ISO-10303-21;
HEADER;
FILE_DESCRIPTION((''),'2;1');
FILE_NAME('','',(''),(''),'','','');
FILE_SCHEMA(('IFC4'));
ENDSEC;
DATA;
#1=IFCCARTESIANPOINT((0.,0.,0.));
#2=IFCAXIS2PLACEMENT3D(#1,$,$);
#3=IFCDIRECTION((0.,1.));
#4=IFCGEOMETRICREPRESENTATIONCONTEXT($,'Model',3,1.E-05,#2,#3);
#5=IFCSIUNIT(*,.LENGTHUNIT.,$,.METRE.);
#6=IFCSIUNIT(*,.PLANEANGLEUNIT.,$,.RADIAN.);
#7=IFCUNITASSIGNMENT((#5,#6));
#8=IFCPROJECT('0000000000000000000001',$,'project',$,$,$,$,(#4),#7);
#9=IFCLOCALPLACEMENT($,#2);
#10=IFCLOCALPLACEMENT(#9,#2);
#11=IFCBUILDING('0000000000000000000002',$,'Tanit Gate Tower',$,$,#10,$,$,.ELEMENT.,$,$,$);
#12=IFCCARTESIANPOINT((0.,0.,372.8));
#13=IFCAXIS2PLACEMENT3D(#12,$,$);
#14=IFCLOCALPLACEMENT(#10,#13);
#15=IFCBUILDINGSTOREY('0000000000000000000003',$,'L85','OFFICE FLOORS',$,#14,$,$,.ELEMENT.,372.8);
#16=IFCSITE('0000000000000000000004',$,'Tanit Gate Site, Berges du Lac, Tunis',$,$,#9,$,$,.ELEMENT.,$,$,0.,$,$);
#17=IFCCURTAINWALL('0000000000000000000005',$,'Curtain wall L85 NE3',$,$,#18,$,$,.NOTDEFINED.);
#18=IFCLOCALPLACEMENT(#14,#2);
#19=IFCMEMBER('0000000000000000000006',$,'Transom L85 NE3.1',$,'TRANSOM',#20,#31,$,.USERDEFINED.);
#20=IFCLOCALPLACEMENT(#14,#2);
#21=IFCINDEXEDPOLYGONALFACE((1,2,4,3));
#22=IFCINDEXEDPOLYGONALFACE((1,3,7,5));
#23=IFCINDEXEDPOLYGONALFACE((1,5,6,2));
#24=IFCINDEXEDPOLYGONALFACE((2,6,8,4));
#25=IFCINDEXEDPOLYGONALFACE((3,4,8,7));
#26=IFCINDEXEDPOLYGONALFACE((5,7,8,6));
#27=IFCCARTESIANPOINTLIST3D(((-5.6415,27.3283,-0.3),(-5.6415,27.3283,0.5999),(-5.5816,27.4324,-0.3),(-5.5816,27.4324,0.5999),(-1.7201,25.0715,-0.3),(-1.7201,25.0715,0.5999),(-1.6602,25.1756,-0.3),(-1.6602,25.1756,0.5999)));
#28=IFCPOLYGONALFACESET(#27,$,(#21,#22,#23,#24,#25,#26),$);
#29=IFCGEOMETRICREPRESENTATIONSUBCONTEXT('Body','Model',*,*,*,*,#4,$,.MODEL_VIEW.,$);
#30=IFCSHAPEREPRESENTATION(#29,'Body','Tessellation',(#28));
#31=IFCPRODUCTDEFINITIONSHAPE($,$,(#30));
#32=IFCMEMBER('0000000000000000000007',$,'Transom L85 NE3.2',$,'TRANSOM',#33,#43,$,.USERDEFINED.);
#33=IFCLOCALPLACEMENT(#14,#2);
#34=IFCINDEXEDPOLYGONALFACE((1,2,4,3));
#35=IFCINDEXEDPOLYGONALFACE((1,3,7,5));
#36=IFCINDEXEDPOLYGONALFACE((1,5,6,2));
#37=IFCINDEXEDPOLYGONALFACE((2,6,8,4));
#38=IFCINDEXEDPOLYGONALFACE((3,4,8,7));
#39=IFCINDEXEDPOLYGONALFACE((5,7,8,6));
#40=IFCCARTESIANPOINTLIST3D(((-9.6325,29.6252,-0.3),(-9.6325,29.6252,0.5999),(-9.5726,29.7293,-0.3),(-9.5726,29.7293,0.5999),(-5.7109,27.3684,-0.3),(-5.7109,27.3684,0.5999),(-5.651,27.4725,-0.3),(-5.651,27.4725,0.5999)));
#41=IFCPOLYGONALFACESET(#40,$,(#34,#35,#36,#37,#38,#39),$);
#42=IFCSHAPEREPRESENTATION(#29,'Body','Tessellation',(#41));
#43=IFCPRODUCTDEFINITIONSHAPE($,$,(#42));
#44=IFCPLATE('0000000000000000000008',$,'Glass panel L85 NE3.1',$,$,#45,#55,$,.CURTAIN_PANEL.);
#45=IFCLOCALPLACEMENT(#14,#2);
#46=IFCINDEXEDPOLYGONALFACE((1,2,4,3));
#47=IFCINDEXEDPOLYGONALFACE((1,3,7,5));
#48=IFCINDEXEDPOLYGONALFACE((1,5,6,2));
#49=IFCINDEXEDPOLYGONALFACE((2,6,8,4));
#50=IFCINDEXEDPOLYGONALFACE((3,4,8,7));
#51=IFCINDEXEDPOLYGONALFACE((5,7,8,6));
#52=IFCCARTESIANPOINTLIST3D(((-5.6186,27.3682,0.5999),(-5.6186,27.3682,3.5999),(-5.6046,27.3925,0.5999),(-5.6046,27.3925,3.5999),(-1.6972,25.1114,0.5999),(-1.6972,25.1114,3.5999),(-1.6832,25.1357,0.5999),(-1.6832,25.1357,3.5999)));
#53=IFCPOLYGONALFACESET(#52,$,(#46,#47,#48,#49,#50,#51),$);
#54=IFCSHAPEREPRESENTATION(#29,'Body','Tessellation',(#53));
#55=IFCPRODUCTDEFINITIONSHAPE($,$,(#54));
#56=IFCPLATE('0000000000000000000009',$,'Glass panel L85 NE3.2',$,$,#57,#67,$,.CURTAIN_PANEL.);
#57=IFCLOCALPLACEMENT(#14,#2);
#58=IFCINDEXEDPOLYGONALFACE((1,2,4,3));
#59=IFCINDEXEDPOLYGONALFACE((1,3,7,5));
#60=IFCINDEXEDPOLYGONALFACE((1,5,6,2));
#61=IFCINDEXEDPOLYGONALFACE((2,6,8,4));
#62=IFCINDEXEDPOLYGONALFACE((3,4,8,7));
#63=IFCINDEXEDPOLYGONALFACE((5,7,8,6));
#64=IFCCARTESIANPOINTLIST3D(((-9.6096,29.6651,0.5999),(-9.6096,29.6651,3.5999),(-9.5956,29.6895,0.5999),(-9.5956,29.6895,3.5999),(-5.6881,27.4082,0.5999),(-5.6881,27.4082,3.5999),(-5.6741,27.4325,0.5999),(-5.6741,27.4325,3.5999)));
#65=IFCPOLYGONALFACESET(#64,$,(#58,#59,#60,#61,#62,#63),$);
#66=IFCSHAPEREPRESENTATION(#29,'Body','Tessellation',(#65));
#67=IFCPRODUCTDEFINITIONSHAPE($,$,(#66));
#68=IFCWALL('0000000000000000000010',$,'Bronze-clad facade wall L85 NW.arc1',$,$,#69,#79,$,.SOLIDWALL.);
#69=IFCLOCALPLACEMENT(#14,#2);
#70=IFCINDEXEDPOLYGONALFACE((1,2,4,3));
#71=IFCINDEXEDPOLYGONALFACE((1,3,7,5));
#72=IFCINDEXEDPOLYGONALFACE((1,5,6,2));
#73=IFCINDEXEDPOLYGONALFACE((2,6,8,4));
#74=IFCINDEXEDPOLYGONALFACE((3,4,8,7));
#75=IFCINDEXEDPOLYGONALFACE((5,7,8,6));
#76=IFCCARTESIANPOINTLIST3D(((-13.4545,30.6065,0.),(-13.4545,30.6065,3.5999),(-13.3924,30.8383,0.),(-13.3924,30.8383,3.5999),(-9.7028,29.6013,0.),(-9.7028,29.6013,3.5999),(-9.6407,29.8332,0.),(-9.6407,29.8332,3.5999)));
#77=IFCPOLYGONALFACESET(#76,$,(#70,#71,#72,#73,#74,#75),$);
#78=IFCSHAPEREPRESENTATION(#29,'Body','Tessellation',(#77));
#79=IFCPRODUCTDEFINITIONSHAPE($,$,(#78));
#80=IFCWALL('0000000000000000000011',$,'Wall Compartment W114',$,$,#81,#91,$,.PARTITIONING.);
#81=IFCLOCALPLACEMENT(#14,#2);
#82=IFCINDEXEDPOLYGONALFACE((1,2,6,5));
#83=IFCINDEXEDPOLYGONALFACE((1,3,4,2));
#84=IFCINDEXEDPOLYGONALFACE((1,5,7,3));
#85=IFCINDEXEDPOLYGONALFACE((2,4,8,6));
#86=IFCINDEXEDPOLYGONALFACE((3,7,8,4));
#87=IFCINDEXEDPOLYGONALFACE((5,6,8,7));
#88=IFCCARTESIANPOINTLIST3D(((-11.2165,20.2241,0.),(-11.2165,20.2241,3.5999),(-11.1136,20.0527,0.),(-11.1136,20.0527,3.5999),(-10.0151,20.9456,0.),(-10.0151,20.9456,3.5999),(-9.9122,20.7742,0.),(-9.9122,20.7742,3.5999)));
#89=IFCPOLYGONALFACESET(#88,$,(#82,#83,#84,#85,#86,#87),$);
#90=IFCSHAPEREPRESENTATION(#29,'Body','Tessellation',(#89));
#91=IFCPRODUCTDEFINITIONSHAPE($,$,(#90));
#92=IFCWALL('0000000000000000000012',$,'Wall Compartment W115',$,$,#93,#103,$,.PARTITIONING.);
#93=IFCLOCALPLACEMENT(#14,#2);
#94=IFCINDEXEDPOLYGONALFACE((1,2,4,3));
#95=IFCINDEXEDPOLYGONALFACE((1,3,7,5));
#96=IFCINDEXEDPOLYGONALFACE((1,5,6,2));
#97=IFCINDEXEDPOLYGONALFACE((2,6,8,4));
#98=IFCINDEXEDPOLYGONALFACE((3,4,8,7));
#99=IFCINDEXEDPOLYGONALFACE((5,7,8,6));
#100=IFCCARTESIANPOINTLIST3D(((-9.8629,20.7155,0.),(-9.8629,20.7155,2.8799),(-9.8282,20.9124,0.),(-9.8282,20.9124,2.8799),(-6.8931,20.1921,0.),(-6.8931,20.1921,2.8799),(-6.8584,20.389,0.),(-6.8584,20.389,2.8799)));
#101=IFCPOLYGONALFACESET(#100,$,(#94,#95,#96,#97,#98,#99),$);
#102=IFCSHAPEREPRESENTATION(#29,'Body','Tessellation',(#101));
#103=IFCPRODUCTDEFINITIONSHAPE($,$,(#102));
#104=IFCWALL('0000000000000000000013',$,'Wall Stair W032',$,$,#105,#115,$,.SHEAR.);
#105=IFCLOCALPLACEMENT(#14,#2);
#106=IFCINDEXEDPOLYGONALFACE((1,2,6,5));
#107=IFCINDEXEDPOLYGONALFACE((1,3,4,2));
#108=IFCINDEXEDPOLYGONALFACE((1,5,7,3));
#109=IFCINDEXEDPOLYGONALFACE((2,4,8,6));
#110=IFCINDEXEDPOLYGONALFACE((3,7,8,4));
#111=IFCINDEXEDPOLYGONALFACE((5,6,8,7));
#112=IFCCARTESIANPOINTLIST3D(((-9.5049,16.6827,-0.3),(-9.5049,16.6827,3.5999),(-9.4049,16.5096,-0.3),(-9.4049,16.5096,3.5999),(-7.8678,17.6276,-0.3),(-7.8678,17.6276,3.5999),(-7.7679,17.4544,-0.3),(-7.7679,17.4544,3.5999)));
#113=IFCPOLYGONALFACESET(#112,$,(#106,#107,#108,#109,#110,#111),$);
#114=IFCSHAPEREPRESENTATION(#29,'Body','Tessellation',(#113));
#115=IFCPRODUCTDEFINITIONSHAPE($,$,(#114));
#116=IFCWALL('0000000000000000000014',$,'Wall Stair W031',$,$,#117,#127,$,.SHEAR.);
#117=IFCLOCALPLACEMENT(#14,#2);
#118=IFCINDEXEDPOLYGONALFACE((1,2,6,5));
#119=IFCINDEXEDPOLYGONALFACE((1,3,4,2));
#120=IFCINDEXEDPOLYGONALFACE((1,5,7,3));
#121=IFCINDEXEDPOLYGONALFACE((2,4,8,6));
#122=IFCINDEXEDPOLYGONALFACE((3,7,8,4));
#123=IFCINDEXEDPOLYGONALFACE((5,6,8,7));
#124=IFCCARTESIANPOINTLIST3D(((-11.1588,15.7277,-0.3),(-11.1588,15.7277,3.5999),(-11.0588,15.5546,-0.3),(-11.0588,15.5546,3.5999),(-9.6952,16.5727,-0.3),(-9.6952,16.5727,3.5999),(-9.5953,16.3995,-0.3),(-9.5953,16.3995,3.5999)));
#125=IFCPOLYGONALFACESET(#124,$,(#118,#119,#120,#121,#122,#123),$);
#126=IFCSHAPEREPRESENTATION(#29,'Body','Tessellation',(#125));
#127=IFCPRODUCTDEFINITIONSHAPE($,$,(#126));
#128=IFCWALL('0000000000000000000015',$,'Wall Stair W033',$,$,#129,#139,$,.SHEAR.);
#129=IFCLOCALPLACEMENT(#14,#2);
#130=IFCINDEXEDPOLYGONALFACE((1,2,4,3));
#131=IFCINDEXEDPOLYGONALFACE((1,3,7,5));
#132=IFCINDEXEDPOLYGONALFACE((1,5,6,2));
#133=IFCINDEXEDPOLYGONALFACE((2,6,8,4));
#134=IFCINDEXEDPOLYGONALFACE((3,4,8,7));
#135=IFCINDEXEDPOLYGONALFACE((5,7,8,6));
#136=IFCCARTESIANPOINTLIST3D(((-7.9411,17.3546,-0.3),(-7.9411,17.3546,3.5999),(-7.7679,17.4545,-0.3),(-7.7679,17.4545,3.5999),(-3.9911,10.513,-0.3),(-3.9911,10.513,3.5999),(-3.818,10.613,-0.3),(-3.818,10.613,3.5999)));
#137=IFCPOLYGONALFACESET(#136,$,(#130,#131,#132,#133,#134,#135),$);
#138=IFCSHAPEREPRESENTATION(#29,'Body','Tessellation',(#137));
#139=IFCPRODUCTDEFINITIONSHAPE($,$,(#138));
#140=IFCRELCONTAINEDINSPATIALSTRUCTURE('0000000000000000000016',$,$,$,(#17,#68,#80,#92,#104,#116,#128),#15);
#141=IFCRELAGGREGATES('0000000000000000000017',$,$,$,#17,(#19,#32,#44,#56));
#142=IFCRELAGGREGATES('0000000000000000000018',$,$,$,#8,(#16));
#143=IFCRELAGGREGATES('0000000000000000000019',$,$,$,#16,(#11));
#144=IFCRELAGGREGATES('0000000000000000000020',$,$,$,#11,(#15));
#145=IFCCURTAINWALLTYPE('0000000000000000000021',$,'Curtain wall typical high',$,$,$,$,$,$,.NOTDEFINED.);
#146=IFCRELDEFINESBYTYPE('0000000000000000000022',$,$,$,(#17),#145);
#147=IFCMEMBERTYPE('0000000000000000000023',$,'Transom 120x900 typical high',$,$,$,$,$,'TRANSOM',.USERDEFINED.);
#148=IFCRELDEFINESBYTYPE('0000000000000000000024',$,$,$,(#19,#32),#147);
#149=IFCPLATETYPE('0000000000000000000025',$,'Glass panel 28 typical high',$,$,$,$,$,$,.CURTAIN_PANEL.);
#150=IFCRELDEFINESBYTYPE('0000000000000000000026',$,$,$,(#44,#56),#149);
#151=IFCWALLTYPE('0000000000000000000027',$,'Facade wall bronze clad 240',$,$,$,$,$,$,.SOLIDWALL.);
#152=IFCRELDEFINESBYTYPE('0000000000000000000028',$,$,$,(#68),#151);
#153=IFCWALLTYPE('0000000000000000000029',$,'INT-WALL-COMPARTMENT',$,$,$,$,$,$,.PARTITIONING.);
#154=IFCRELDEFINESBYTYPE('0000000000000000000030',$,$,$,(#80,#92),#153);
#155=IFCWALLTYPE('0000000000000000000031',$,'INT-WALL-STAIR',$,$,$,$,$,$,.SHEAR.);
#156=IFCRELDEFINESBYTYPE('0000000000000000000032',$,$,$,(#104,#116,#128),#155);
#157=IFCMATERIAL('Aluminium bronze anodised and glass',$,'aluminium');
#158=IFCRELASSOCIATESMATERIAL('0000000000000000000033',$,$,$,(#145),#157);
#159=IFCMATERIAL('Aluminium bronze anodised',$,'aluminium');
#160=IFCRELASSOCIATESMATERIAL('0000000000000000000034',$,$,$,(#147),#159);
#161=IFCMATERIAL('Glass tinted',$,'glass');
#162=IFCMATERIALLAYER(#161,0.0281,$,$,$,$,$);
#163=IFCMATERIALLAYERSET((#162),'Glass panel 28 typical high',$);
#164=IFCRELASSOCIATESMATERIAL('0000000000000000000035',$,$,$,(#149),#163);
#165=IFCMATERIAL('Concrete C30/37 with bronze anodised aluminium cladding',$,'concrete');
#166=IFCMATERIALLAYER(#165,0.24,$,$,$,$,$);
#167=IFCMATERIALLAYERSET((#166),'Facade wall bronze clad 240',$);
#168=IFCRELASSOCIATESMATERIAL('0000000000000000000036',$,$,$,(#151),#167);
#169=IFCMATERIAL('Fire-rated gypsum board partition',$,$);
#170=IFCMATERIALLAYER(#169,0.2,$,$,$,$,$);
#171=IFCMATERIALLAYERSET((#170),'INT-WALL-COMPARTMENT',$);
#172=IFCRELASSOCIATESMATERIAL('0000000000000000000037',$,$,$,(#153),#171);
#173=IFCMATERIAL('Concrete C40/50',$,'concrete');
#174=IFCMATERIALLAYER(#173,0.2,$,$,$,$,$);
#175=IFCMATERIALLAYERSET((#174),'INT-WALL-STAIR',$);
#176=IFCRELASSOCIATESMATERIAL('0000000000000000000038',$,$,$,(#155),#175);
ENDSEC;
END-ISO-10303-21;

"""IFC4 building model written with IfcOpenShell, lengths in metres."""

from ifc_helpers import new_model, si_unit, direction, frame, frame_2d, origin, origin_2d, place, context, subcontext, project, spatial, rectangle, extrude, material, layer, layer_set, material_profile, profile_set, type_object, element, aggregate, save


model = new_model("IFC4")

# Units and contexts
model_context = context("Model", 3, precision=1e-05, world=origin(), true_north=direction((0.0, 1.0)))
body_context = subcontext(model_context, "Body", "Model", "MODEL_VIEW")
ifc_project = project(units=[si_unit("LENGTHUNIT", "METRE"), si_unit("PLANEANGLEUNIT", "RADIAN")], contexts=[model_context])

# Site, building, storey
site_placement = place(None, origin())
site = spatial("IfcSite", under=ifc_project, at=site_placement, Name="Tanit Gate Site, Berges du Lac, Tunis", CompositionType="ELEMENT", RefElevation=0.0)
building_placement = place(site_placement, origin())
building = spatial("IfcBuilding", under=site, at=building_placement, Name="Tanit Gate Tower", CompositionType="ELEMENT")
storey_placement = place(building_placement, frame((0.0, 0.0, 372.8)))
storey = spatial("IfcBuildingStorey", under=building, at=storey_placement, Name="L85", Description="OFFICE FLOORS", CompositionType="ELEMENT", Elevation=372.8)

# Curtain wall
ifc_material_1 = material(Name="Aluminium bronze anodised and glass", Category="aluminium")
curtain_wall_type = type_object("IfcCurtainWallType", Name="Curtain wall typical high", PredefinedType="NOTDEFINED", material=ifc_material_1)
curtain_wall_1_placement = place(storey_placement, origin())
curtain_wall_1 = element("IfcCurtainWall", 1, at=curtain_wall_1_placement, inside=storey, type_object=curtain_wall_type, Name="Curtain wall L85 NE3", PredefinedType="NOTDEFINED")

# Members
ifc_material_2 = material(Name="Aluminium bronze anodised", Category="aluminium")
ifc_material_profile_1 = material_profile(ifc_material_2, rectangle(XDim=0.1201, YDim=0.8999, at=origin_2d()), Name="120x900 bronze transom")
ifc_profile_set_1 = profile_set([ifc_material_profile_1], Name="Aluminium bronze anodised")
member_type_1 = type_object("IfcMemberType", Name="Transom 120x900 typical high", ElementType="TRANSOM", PredefinedType="USERDEFINED", material=ifc_profile_set_1)
member_1_placement = place(storey_placement, frame((-1.6902, 25.1235, 0.1499), z_axis=(-0.866712, 0.49881, 0.0), x_axis=(-0.49881, -0.866712, 0.0)))
member_1 = element("IfcMember", 2, at=member_1_placement, type_object=member_type_1, Name="Transom L85 NE3.1", ObjectType="TRANSOM", PredefinedType="USERDEFINED", context=body_context, shape_type="SweptSolid", body=[
    extrude(rectangle(XDim=0.1201, YDim=0.8999, at=origin_2d()), origin(), (0.0, 0.0, 1.0), 4.5244),
])
member_2_placement = place(storey_placement, frame((-5.6809, 27.4204, 0.1499), z_axis=(-0.866725, 0.498786, 0.0), x_axis=(-0.498786, -0.866725, 0.0)))
member_2 = element("IfcMember", 3, at=member_2_placement, type_object=member_type_1, Name="Transom L85 NE3.2", ObjectType="TRANSOM", PredefinedType="USERDEFINED", context=body_context, shape_type="SweptSolid", body=[
    extrude(rectangle(XDim=0.1201, YDim=0.8999, at=origin_2d()), origin(), (0.0, 0.0, 1.0), 4.5247),
])

# Plates
ifc_material_3 = material(Name="Glass tinted", Category="glass")
ifc_layer_1 = layer(ifc_material_3, 0.0281)
ifc_layer_set_1 = layer_set([ifc_layer_1], Name="Glass panel 28 typical high")
plate_type = type_object("IfcPlateType", Name="Glass panel 28 typical high", PredefinedType="CURTAIN_PANEL", material=ifc_layer_set_1)
plate_1_placement = place(storey_placement, frame((-3.6509, 26.252, 0.5999), z_axis=(0.0, 0.0, 1.0), x_axis=(-0.86671, 0.498812, 0.0)))
plate_1 = element("IfcPlate", 4, at=plate_1_placement, type_object=plate_type, Name="Glass panel L85 NE3.1", PredefinedType="CURTAIN_PANEL", context=body_context, shape_type="SweptSolid", body=[
    extrude(rectangle(XDim=4.5244, YDim=0.0281, at=origin_2d()), origin(), (0.0, 0.0, 1.0), 3.0),
])
plate_2_placement = place(storey_placement, frame((-7.6418, 28.5488, 0.5999), z_axis=(0.0, 0.0, 1.0), x_axis=(-0.86671, 0.498812, 0.0)))
plate_2 = element("IfcPlate", 5, at=plate_2_placement, type_object=plate_type, Name="Glass panel L85 NE3.2", PredefinedType="CURTAIN_PANEL", context=body_context, shape_type="SweptSolid", body=[
    extrude(rectangle(XDim=4.5247, YDim=0.0281, at=origin_2d()), origin(), (0.0, 0.0, 1.0), 3.0),
])
aggregate(curtain_wall_1, [member_1, member_2, plate_1, plate_2])

# Walls
ifc_material_4 = material(Name="Concrete C30/37 with bronze anodised aluminium cladding", Category="concrete")
ifc_layer_2 = layer(ifc_material_4, 0.24)
ifc_layer_set_2 = layer_set([ifc_layer_2], Name="Facade wall bronze clad 240")
wall_type_1 = type_object("IfcWallType", Name="Facade wall bronze clad 240", PredefinedType="SOLIDWALL", material=ifc_layer_set_2)
wall_1_placement = place(storey_placement, frame((-9.6719, 29.7173, 0.0), z_axis=(0.0, 0.0, 1.0), x_axis=(-0.965935, 0.258785, 0.0)))
element("IfcWall", 6, at=wall_1_placement, inside=storey, type_object=wall_type_1, Name="Bronze-clad facade wall L85 NW.arc1", PredefinedType="SOLIDWALL", context=body_context, shape_type="SweptSolid", body=[
    extrude(rectangle(XDim=3.884, YDim=0.24, at=frame_2d((1.9419, 0.0))), origin(), (0.0, 0.0, 1.0), 3.5999),
])
ifc_material_5 = material(Name="Fire-rated gypsum board partition")
ifc_layer_3 = layer(ifc_material_5, 0.2)
ifc_layer_set_3 = layer_set([ifc_layer_3], Name="INT-WALL-COMPARTMENT")
wall_type_2 = type_object("IfcWallType", Name="INT-WALL-COMPARTMENT", PredefinedType="PARTITIONING", material=ifc_layer_set_3)
wall_2_placement = place(storey_placement, frame((-9.9636, 20.8599, 0.0), z_axis=(0.0, 0.0, 1.0), x_axis=(-0.857308, -0.514803, 0.0)))
element("IfcWall", 7, at=wall_2_placement, inside=storey, type_object=wall_type_2, Name="Wall Compartment W114", PredefinedType="PARTITIONING", context=body_context, shape_type="SweptSolid", body=[
    extrude(rectangle(XDim=1.4014, YDim=0.2, at=frame_2d((0.7007, 0.0))), origin(), (0.0, 0.0, 1.0), 3.5999),
])
wall_3_placement = place(storey_placement, frame((-6.8757, 20.2905, 0.0), z_axis=(0.0, 0.0, 1.0), x_axis=(-0.984819, 0.173582, 0.0)))
element("IfcWall", 8, at=wall_3_placement, inside=storey, type_object=wall_type_2, Name="Wall Compartment W115", PredefinedType="PARTITIONING", context=body_context, shape_type="SweptSolid", body=[
    extrude(rectangle(XDim=3.0156, YDim=0.2, at=frame_2d((1.5078, 0.0))), origin(), (0.0, 0.0, 1.0), 2.8799),
])
ifc_material_6 = material(Name="Concrete C40/50", Category="concrete")
ifc_layer_4 = layer(ifc_material_6, 0.2)
ifc_layer_set_4 = layer_set([ifc_layer_4], Name="INT-WALL-STAIR")
wall_type_3 = type_object("IfcWallType", Name="INT-WALL-STAIR", PredefinedType="SHEAR", material=ifc_layer_set_4)
wall_4_placement = place(storey_placement, frame((-7.8179, 17.541, -0.3), z_axis=(0.0, 0.0, 1.0), x_axis=(-0.866089, -0.49989, 0.0)))
element("IfcWall", 9, at=wall_4_placement, inside=storey, type_object=wall_type_3, Name="Wall Stair W032", PredefinedType="SHEAR", context=body_context, shape_type="SweptSolid", body=[
    extrude(rectangle(XDim=1.8901, YDim=0.2, at=frame_2d((0.9451, 0.0))), origin(), (0.0, 0.0, 1.0), 3.8999),
])
wall_5_placement = place(storey_placement, frame((-9.6453, 16.4861, -0.3), z_axis=(0.0, 0.0, 1.0), x_axis=(-0.866039, -0.499977, 0.0)))
element("IfcWall", 10, at=wall_5_placement, inside=storey, type_object=wall_type_3, Name="Wall Stair W031", PredefinedType="SHEAR", context=body_context, shape_type="SweptSolid", body=[
    extrude(rectangle(XDim=1.6899, YDim=0.2, at=frame_2d((0.845, 0.0))), origin(), (0.0, 0.0, 1.0), 3.8999),
])
wall_6_placement = place(storey_placement, frame((-7.8545, 17.4045, -0.3), z_axis=(0.0, 0.0, 1.0), x_axis=(0.499998, -0.866027, 0.0)))
element("IfcWall", 11, at=wall_6_placement, inside=storey, type_object=wall_type_3, Name="Wall Stair W033", PredefinedType="SHEAR", context=body_context, shape_type="SweptSolid", body=[
    extrude(rectangle(XDim=7.8999, YDim=0.2, at=frame_2d((3.95, 0.0))), origin(), (0.0, 0.0, 1.0), 3.8999),
])

save(model, "model.ifc")
